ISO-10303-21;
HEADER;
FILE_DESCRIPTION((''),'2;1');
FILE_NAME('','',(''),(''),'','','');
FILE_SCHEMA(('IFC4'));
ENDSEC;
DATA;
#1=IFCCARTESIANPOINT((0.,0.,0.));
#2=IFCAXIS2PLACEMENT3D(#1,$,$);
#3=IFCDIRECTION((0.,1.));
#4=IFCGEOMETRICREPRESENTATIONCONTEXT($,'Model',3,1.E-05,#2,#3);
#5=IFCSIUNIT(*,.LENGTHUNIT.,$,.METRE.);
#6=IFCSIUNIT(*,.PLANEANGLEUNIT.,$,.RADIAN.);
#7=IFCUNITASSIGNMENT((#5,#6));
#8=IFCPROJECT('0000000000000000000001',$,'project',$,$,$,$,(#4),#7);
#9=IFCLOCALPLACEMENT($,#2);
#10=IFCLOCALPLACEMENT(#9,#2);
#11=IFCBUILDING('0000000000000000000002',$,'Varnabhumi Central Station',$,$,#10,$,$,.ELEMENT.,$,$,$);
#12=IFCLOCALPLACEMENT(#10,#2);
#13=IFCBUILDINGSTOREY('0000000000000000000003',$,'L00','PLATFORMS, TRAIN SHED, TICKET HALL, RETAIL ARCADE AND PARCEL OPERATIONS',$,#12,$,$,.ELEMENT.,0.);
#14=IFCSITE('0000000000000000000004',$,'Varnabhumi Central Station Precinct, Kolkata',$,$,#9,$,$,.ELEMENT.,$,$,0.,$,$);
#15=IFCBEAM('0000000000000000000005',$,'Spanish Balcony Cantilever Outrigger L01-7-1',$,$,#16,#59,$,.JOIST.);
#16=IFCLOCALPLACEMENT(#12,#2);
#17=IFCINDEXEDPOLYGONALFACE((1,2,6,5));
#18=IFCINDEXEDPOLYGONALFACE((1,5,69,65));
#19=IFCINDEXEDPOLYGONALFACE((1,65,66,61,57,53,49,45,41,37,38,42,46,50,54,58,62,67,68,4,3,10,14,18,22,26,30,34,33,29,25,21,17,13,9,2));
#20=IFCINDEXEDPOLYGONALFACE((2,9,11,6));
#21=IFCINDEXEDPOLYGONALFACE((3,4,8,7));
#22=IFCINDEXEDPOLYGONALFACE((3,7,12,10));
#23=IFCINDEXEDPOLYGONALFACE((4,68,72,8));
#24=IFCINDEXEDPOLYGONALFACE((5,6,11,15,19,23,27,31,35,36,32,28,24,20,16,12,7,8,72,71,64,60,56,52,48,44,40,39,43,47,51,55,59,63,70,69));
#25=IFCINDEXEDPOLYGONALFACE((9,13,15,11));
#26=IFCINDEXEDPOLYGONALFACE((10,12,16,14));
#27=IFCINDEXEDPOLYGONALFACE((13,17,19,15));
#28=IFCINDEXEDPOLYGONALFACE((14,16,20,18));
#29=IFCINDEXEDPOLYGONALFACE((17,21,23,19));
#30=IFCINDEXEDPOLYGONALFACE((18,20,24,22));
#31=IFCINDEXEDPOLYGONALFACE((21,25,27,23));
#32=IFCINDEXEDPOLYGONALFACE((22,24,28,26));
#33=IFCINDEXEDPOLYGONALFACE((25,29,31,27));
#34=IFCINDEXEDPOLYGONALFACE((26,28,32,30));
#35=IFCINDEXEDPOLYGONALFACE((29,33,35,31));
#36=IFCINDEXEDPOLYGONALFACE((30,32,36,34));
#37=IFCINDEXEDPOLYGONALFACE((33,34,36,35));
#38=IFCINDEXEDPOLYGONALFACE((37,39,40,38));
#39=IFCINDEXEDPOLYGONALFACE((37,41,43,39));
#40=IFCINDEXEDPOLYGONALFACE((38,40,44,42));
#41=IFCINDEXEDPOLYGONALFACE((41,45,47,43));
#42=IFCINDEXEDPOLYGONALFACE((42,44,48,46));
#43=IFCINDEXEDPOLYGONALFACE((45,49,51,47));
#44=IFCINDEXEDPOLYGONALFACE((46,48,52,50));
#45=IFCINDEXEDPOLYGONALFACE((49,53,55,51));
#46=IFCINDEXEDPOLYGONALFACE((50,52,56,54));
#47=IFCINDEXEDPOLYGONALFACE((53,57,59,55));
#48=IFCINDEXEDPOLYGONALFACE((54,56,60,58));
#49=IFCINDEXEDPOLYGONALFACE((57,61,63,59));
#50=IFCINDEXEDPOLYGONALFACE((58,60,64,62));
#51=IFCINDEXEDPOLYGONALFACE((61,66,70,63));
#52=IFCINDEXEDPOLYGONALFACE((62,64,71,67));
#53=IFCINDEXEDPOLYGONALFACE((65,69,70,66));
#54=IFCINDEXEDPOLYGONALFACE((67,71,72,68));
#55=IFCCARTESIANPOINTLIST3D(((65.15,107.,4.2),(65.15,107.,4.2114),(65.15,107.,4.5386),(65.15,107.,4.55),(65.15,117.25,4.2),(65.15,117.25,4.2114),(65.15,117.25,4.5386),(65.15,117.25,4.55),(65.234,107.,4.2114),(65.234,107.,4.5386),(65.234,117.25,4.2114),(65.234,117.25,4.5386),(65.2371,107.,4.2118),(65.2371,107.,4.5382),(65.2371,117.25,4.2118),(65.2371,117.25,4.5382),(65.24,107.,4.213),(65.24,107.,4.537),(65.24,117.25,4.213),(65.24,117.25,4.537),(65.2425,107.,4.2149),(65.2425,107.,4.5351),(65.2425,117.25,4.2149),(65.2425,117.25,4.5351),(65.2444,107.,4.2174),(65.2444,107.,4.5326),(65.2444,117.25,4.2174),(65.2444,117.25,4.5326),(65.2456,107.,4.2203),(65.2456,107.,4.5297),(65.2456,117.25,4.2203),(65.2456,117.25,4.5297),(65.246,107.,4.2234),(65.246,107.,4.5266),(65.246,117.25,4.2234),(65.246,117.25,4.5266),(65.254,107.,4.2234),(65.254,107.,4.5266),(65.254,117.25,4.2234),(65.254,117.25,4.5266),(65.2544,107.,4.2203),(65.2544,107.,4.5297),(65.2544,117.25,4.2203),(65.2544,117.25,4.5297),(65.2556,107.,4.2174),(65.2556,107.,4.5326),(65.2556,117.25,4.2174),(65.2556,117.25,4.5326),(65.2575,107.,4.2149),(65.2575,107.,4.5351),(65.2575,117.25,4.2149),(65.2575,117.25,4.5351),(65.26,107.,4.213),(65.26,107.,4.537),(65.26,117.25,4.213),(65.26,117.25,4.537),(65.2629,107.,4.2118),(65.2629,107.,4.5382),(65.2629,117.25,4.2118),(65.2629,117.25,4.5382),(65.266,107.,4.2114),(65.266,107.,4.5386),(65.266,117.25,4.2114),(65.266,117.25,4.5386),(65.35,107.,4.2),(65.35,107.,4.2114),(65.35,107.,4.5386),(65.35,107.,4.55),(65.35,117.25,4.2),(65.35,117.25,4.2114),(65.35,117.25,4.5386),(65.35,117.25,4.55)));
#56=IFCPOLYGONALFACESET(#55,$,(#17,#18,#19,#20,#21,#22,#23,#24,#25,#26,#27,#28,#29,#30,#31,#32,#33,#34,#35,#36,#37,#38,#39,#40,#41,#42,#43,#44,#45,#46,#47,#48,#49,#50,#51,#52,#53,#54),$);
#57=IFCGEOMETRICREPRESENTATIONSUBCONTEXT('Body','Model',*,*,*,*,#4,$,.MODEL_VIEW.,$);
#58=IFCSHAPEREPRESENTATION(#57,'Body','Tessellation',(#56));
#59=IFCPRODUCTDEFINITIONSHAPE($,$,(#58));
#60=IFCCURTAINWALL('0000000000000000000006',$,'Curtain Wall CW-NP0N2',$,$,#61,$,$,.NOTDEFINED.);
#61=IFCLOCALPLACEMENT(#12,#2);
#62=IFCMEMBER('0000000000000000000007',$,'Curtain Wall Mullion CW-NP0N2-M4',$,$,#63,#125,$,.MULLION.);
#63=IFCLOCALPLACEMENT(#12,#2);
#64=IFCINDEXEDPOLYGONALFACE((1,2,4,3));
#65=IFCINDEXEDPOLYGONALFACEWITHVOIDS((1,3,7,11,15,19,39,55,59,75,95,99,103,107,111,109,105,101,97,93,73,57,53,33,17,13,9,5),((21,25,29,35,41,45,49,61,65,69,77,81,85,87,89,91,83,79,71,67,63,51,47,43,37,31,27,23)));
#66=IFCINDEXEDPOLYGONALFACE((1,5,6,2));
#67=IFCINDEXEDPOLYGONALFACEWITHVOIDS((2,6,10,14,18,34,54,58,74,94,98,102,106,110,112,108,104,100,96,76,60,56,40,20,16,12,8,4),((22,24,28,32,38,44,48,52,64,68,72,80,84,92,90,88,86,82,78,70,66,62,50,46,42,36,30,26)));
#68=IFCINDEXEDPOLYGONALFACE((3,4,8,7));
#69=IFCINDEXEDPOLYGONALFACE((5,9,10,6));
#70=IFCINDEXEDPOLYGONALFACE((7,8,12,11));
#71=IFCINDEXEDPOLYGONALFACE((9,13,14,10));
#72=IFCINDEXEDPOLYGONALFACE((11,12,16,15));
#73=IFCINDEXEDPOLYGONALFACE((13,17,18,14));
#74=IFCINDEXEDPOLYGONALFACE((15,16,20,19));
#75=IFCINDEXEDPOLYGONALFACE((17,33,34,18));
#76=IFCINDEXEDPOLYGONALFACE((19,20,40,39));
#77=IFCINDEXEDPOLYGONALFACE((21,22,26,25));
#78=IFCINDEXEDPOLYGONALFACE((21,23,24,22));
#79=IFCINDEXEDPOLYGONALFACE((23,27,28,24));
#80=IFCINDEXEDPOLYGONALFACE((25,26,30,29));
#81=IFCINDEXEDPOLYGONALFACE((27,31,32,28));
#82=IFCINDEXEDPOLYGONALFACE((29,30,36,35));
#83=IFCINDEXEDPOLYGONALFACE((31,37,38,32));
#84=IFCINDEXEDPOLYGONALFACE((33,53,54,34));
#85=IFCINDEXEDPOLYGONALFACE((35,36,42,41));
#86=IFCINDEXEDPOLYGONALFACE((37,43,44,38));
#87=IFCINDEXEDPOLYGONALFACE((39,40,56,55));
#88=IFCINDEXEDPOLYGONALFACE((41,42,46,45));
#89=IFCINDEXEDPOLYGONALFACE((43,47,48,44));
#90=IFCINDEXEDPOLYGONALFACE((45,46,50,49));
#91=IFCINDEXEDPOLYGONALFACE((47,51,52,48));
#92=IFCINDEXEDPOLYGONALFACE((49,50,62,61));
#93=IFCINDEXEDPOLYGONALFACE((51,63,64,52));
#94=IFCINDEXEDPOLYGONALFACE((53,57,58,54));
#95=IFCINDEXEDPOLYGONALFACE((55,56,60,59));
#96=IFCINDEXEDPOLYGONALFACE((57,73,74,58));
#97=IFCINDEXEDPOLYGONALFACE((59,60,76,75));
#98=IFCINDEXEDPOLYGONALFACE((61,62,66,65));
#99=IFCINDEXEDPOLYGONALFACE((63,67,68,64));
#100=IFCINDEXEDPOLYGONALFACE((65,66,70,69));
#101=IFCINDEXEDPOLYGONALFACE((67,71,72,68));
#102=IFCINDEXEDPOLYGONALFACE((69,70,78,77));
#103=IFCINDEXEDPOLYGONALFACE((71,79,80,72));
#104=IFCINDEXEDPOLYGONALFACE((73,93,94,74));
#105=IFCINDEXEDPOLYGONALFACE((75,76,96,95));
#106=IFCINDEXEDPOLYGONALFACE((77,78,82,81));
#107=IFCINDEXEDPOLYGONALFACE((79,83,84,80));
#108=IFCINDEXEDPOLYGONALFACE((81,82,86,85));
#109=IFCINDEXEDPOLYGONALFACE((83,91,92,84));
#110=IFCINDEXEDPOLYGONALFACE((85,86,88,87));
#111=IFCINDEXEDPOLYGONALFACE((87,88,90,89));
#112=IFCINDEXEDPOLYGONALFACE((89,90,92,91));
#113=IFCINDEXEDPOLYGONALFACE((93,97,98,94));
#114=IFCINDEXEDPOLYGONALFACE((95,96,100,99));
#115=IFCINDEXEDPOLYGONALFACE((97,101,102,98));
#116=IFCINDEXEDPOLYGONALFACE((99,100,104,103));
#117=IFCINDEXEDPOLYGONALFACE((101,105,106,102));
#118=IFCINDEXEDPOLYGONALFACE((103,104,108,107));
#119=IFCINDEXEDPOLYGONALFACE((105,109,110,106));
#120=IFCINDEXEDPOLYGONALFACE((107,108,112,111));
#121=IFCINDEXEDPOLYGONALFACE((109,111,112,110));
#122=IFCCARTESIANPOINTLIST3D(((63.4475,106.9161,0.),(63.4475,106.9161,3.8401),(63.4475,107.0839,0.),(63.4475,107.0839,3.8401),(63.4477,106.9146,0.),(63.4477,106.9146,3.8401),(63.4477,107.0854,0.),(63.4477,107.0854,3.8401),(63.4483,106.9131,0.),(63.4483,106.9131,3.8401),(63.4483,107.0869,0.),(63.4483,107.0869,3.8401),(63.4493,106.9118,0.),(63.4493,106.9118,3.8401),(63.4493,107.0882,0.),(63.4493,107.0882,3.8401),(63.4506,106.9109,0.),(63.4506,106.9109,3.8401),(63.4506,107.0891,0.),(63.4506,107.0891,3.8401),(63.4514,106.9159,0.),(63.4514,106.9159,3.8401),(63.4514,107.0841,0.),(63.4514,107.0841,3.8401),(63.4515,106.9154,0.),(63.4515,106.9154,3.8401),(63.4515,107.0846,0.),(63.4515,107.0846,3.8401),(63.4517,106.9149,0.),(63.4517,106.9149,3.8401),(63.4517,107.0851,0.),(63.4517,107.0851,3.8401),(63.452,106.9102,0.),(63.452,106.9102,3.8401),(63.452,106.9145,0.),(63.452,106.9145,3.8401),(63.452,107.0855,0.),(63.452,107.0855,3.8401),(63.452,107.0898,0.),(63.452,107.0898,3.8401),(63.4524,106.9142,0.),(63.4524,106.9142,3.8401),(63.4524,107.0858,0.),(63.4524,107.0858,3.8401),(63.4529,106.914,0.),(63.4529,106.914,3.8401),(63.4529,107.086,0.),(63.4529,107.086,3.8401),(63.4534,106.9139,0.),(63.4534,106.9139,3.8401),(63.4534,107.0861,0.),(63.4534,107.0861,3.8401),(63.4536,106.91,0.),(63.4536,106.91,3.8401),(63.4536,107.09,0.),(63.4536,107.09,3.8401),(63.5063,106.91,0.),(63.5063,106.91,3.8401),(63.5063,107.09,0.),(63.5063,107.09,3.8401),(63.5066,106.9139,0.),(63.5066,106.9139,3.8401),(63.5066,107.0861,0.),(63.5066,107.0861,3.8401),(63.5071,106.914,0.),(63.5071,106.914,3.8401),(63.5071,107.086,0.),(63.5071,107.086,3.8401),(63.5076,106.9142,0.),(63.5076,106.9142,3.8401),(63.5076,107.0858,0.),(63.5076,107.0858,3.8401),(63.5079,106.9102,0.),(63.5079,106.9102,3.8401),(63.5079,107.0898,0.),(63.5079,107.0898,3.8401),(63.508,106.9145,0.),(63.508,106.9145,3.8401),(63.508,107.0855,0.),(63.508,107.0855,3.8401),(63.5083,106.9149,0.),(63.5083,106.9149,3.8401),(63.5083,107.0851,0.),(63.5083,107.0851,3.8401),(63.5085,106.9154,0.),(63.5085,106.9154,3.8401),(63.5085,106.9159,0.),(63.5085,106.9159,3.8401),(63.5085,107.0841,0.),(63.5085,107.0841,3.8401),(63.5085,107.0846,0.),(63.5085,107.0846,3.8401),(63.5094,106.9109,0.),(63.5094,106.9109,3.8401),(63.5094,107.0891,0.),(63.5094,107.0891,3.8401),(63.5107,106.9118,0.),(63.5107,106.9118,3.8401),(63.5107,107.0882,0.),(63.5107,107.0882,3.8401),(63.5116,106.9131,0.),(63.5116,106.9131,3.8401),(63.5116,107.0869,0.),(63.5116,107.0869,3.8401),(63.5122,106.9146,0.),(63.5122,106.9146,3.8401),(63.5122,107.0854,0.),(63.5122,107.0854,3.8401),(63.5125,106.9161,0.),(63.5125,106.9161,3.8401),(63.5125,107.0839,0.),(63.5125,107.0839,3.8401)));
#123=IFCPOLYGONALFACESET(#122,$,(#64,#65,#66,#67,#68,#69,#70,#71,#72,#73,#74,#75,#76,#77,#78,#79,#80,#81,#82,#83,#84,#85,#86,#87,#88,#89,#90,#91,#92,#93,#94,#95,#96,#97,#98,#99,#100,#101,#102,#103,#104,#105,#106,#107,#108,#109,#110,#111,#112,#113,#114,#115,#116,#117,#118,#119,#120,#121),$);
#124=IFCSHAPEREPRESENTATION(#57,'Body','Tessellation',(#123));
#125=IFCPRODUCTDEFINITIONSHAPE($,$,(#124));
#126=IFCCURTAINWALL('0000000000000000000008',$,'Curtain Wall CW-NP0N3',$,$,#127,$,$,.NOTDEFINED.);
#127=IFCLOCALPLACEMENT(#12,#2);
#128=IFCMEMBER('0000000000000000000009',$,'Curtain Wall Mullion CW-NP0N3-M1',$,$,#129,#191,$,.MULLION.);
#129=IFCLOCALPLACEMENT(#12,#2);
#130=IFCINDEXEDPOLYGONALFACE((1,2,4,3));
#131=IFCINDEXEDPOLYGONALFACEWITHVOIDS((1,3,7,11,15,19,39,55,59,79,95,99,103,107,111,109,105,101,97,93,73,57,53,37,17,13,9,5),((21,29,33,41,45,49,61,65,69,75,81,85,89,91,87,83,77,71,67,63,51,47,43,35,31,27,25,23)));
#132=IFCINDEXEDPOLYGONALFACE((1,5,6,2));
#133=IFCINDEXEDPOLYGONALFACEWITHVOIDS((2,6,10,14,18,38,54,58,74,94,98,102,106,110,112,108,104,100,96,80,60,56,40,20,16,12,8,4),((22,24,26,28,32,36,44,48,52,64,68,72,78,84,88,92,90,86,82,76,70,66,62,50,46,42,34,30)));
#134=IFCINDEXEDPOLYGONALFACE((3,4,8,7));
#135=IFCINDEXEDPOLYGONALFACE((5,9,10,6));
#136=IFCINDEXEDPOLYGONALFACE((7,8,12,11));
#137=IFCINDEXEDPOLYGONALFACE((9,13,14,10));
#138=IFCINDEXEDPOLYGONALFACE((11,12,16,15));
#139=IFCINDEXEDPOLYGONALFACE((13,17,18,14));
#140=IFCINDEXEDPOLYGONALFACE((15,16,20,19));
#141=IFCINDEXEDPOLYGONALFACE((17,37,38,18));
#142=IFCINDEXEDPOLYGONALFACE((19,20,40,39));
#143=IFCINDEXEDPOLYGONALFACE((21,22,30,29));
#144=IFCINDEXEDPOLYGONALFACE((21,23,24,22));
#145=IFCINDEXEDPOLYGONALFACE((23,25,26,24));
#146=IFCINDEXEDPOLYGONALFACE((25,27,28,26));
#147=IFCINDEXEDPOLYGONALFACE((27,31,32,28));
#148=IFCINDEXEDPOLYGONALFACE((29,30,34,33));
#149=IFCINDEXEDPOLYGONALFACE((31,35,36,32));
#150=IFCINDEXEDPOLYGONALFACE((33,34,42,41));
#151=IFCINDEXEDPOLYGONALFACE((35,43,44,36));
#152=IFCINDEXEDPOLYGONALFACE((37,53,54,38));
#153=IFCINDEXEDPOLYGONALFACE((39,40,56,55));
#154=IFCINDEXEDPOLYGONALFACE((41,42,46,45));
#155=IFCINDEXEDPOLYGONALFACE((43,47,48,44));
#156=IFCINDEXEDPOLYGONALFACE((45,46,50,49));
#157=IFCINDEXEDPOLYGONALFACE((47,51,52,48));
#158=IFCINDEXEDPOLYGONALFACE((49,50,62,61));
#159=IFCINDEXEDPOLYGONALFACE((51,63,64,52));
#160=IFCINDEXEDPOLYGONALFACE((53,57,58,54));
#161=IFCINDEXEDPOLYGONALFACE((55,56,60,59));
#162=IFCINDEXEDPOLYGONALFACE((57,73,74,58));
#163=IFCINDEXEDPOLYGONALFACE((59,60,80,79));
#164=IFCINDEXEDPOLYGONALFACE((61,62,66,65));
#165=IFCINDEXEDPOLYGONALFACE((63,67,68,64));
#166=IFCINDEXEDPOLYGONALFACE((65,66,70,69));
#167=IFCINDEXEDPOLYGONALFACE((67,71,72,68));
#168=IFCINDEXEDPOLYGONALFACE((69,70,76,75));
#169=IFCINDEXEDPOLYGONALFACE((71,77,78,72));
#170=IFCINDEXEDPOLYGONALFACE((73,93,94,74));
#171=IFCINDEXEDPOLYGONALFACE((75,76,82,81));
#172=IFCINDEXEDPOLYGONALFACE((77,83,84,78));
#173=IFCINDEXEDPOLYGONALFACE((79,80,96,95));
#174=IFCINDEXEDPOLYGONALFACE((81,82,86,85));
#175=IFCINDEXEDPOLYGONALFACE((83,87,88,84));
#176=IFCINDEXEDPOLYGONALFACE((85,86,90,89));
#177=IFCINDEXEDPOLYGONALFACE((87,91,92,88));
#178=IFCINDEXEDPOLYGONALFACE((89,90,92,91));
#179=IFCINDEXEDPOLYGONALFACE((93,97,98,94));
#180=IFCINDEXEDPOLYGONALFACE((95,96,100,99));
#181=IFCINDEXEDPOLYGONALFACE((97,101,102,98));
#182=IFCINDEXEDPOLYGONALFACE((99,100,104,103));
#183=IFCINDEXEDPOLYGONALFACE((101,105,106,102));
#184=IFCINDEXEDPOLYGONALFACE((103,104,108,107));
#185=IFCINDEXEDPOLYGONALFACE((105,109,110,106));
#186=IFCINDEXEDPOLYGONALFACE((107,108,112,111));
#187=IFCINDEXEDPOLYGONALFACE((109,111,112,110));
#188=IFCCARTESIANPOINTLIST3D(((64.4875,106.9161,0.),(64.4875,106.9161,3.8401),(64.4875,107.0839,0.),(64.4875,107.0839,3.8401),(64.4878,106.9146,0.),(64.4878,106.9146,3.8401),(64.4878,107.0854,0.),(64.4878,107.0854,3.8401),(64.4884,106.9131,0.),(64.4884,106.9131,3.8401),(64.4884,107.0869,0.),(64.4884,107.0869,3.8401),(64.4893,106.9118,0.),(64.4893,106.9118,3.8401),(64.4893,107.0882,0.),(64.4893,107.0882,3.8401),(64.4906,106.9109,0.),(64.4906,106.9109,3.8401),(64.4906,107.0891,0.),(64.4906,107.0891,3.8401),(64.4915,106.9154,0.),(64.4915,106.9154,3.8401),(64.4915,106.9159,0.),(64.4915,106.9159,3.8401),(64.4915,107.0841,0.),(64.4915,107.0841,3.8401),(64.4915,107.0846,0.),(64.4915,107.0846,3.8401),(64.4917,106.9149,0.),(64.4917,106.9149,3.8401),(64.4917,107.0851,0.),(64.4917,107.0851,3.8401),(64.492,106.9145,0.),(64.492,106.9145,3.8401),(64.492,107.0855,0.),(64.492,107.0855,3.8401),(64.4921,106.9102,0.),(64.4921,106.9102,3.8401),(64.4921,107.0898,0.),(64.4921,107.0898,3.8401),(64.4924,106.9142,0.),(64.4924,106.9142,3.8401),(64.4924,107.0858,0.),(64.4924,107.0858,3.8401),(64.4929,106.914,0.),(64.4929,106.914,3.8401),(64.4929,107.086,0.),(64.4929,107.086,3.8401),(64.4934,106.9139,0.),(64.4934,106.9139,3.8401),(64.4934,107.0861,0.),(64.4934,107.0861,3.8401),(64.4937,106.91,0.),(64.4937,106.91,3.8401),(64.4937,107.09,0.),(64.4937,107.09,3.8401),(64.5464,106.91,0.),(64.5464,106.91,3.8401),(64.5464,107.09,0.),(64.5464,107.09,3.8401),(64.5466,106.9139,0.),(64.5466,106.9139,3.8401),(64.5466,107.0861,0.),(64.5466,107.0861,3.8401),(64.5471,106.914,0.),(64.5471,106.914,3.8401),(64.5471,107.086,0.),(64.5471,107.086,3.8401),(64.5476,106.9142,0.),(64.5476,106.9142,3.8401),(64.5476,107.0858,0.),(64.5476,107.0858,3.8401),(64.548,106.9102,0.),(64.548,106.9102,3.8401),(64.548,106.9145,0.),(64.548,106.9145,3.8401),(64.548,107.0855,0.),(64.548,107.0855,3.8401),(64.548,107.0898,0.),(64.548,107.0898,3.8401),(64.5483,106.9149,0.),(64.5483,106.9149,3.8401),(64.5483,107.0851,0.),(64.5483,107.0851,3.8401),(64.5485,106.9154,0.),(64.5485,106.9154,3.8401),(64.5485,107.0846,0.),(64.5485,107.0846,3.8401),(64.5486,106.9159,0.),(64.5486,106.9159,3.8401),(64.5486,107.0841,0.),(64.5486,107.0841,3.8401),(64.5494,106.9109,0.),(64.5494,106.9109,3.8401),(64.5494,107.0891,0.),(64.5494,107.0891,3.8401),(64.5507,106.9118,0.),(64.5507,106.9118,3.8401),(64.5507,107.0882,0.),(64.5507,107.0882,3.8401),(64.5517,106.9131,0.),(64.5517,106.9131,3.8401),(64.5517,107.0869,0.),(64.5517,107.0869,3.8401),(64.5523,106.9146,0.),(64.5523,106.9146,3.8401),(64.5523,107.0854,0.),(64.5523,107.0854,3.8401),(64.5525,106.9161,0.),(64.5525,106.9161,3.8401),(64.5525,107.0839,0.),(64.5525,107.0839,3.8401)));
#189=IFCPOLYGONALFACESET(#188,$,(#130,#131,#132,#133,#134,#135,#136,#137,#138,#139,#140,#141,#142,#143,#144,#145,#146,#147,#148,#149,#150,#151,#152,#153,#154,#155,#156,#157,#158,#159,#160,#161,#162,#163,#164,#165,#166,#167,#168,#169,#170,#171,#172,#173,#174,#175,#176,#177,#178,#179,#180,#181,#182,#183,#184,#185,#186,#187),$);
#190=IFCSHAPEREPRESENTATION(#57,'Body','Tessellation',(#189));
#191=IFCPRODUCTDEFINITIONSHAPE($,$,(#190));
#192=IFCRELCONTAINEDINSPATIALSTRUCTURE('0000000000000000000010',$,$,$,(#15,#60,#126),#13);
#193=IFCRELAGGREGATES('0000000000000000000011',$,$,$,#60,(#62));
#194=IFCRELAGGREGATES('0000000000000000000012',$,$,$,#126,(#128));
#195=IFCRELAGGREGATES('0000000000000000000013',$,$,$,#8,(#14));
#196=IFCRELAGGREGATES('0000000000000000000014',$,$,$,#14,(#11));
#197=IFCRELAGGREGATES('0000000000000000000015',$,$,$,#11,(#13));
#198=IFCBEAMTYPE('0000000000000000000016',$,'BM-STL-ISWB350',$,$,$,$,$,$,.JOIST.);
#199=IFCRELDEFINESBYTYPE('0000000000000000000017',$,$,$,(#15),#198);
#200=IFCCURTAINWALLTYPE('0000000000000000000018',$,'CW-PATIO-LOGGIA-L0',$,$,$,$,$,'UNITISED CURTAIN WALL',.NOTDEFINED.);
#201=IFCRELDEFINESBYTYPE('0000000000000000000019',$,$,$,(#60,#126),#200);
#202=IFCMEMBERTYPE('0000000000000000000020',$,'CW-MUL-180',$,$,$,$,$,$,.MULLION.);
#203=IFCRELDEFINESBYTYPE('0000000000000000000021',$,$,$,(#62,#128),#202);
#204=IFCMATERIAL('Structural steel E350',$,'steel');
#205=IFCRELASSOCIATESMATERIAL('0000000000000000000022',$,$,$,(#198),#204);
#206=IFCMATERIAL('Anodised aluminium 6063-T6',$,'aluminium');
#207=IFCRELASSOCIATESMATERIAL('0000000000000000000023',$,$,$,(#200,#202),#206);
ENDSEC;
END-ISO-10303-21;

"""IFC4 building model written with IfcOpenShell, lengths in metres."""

from ifc_helpers import new_model, si_unit, direction, frame, origin, origin_2d, place, context, subcontext, project, spatial, hollow_rectangle, i_section, extrude, material, material_profile, profile_set, type_object, element, aggregate, save


model = new_model("IFC4")

# Units and contexts
model_context = context("Model", 3, precision=1e-05, world=origin(), true_north=direction((0.0, 1.0)))
body_context = subcontext(model_context, "Body", "Model", "MODEL_VIEW")
ifc_project = project(units=[si_unit("LENGTHUNIT", "METRE"), si_unit("PLANEANGLEUNIT", "RADIAN")], contexts=[model_context])

# Site, building, storey
site_placement = place(None, origin())
site = spatial("IfcSite", under=ifc_project, at=site_placement, Name="Varnabhumi Central Station Precinct, Kolkata", CompositionType="ELEMENT", RefElevation=0.0)
building_placement = place(site_placement, origin())
building = spatial("IfcBuilding", under=site, at=building_placement, Name="Varnabhumi Central Station", CompositionType="ELEMENT")
storey_placement = place(building_placement, origin())
storey = spatial("IfcBuildingStorey", under=building, at=storey_placement, Name="L00", Description="PLATFORMS, TRAIN SHED, TICKET HALL, RETAIL ARCADE AND PARCEL OPERATIONS", CompositionType="ELEMENT", Elevation=0.0)

# Beam
ifc_material_1 = material(Name="Structural steel E350", Category="steel")
ifc_material_profile_1 = material_profile(ifc_material_1, i_section(OverallWidth=0.2, OverallDepth=0.3501, WebThickness=0.0081, FlangeThickness=0.0115, FilletRadius=0.012, at=origin_2d()), Name="Structural steel E350", Category="steel")
ifc_profile_set_1 = profile_set([ifc_material_profile_1], Name="Structural steel E350")
beam_type_1 = type_object("IfcBeamType", Name="BM-STL-ISWB350", PredefinedType="JOIST", material=ifc_profile_set_1)
beam_1_placement = place(storey_placement, frame((65.25, 107.0, 4.375), z_axis=(0.0, 1.0, 0.0), x_axis=(-1.0, 0.0, 0.0)))
element("IfcBeam", 1, at=beam_1_placement, inside=storey, type_object=beam_type_1, Name="Spanish Balcony Cantilever Outrigger L01-7-1", PredefinedType="JOIST", context=body_context, shape_type="SweptSolid", body=[
    extrude(i_section(OverallWidth=0.2, OverallDepth=0.3501, WebThickness=0.0081, FlangeThickness=0.0115, FilletRadius=0.012, at=origin_2d()), origin(), (0.0, 0.0, 1.0), 10.25),
])

# Curtain wall, member
ifc_material_2 = material(Name="Anodised aluminium 6063-T6", Category="aluminium")
curtain_wall_type = type_object("IfcCurtainWallType", Name="CW-PATIO-LOGGIA-L0", ElementType="UNITISED CURTAIN WALL", PredefinedType="NOTDEFINED", material=ifc_material_2)
curtain_wall_1_placement = place(storey_placement, origin())
curtain_wall_1 = element("IfcCurtainWall", 2, at=curtain_wall_1_placement, inside=storey, type_object=curtain_wall_type, Name="Curtain Wall CW-NP0N2", PredefinedType="NOTDEFINED")
ifc_material_profile_2 = material_profile(ifc_material_2, hollow_rectangle(XDim=0.0649, YDim=0.1799, WallThickness=0.0039, InnerFilletRadius=0.002, OuterFilletRadius=0.0061, at=origin_2d()), Name="Anodised aluminium 6063-T6", Category="aluminium")
ifc_profile_set_2 = profile_set([ifc_material_profile_2], Name="Anodised aluminium 6063-T6")
member_type_1 = type_object("IfcMemberType", Name="CW-MUL-180", PredefinedType="MULLION", material=ifc_profile_set_2)
member_1_placement = place(storey_placement, frame((63.48, 107.0, 0.0), z_axis=(0.0, 0.0, 1.0), x_axis=(1.0, 0.0, 0.0)))
member_1 = element("IfcMember", 3, at=member_1_placement, type_object=member_type_1, Name="Curtain Wall Mullion CW-NP0N2-M4", PredefinedType="MULLION", context=body_context, shape_type="SweptSolid", body=[
    extrude(hollow_rectangle(XDim=0.0649, YDim=0.1799, WallThickness=0.0039, InnerFilletRadius=0.002, OuterFilletRadius=0.0061, at=origin_2d()), origin(), (0.0, 0.0, 1.0), 3.8401),
])

# Curtain wall, member
curtain_wall_2_placement = place(storey_placement, origin())
curtain_wall_2 = element("IfcCurtainWall", 4, at=curtain_wall_2_placement, inside=storey, type_object=curtain_wall_type, Name="Curtain Wall CW-NP0N3", PredefinedType="NOTDEFINED")
member_2_placement = place(storey_placement, frame((64.52, 107.0, 0.0), z_axis=(0.0, 0.0, 1.0), x_axis=(1.0, 0.0, 0.0)))
member_2 = element("IfcMember", 5, at=member_2_placement, type_object=member_type_1, Name="Curtain Wall Mullion CW-NP0N3-M1", PredefinedType="MULLION", context=body_context, shape_type="SweptSolid", body=[
    extrude(hollow_rectangle(XDim=0.0649, YDim=0.1799, WallThickness=0.0039, InnerFilletRadius=0.002, OuterFilletRadius=0.0061, at=origin_2d()), origin(), (0.0, 0.0, 1.0), 3.8401),
])

aggregate(curtain_wall_1, [member_1])
aggregate(curtain_wall_2, [member_2])

save(model, "model.ifc")
